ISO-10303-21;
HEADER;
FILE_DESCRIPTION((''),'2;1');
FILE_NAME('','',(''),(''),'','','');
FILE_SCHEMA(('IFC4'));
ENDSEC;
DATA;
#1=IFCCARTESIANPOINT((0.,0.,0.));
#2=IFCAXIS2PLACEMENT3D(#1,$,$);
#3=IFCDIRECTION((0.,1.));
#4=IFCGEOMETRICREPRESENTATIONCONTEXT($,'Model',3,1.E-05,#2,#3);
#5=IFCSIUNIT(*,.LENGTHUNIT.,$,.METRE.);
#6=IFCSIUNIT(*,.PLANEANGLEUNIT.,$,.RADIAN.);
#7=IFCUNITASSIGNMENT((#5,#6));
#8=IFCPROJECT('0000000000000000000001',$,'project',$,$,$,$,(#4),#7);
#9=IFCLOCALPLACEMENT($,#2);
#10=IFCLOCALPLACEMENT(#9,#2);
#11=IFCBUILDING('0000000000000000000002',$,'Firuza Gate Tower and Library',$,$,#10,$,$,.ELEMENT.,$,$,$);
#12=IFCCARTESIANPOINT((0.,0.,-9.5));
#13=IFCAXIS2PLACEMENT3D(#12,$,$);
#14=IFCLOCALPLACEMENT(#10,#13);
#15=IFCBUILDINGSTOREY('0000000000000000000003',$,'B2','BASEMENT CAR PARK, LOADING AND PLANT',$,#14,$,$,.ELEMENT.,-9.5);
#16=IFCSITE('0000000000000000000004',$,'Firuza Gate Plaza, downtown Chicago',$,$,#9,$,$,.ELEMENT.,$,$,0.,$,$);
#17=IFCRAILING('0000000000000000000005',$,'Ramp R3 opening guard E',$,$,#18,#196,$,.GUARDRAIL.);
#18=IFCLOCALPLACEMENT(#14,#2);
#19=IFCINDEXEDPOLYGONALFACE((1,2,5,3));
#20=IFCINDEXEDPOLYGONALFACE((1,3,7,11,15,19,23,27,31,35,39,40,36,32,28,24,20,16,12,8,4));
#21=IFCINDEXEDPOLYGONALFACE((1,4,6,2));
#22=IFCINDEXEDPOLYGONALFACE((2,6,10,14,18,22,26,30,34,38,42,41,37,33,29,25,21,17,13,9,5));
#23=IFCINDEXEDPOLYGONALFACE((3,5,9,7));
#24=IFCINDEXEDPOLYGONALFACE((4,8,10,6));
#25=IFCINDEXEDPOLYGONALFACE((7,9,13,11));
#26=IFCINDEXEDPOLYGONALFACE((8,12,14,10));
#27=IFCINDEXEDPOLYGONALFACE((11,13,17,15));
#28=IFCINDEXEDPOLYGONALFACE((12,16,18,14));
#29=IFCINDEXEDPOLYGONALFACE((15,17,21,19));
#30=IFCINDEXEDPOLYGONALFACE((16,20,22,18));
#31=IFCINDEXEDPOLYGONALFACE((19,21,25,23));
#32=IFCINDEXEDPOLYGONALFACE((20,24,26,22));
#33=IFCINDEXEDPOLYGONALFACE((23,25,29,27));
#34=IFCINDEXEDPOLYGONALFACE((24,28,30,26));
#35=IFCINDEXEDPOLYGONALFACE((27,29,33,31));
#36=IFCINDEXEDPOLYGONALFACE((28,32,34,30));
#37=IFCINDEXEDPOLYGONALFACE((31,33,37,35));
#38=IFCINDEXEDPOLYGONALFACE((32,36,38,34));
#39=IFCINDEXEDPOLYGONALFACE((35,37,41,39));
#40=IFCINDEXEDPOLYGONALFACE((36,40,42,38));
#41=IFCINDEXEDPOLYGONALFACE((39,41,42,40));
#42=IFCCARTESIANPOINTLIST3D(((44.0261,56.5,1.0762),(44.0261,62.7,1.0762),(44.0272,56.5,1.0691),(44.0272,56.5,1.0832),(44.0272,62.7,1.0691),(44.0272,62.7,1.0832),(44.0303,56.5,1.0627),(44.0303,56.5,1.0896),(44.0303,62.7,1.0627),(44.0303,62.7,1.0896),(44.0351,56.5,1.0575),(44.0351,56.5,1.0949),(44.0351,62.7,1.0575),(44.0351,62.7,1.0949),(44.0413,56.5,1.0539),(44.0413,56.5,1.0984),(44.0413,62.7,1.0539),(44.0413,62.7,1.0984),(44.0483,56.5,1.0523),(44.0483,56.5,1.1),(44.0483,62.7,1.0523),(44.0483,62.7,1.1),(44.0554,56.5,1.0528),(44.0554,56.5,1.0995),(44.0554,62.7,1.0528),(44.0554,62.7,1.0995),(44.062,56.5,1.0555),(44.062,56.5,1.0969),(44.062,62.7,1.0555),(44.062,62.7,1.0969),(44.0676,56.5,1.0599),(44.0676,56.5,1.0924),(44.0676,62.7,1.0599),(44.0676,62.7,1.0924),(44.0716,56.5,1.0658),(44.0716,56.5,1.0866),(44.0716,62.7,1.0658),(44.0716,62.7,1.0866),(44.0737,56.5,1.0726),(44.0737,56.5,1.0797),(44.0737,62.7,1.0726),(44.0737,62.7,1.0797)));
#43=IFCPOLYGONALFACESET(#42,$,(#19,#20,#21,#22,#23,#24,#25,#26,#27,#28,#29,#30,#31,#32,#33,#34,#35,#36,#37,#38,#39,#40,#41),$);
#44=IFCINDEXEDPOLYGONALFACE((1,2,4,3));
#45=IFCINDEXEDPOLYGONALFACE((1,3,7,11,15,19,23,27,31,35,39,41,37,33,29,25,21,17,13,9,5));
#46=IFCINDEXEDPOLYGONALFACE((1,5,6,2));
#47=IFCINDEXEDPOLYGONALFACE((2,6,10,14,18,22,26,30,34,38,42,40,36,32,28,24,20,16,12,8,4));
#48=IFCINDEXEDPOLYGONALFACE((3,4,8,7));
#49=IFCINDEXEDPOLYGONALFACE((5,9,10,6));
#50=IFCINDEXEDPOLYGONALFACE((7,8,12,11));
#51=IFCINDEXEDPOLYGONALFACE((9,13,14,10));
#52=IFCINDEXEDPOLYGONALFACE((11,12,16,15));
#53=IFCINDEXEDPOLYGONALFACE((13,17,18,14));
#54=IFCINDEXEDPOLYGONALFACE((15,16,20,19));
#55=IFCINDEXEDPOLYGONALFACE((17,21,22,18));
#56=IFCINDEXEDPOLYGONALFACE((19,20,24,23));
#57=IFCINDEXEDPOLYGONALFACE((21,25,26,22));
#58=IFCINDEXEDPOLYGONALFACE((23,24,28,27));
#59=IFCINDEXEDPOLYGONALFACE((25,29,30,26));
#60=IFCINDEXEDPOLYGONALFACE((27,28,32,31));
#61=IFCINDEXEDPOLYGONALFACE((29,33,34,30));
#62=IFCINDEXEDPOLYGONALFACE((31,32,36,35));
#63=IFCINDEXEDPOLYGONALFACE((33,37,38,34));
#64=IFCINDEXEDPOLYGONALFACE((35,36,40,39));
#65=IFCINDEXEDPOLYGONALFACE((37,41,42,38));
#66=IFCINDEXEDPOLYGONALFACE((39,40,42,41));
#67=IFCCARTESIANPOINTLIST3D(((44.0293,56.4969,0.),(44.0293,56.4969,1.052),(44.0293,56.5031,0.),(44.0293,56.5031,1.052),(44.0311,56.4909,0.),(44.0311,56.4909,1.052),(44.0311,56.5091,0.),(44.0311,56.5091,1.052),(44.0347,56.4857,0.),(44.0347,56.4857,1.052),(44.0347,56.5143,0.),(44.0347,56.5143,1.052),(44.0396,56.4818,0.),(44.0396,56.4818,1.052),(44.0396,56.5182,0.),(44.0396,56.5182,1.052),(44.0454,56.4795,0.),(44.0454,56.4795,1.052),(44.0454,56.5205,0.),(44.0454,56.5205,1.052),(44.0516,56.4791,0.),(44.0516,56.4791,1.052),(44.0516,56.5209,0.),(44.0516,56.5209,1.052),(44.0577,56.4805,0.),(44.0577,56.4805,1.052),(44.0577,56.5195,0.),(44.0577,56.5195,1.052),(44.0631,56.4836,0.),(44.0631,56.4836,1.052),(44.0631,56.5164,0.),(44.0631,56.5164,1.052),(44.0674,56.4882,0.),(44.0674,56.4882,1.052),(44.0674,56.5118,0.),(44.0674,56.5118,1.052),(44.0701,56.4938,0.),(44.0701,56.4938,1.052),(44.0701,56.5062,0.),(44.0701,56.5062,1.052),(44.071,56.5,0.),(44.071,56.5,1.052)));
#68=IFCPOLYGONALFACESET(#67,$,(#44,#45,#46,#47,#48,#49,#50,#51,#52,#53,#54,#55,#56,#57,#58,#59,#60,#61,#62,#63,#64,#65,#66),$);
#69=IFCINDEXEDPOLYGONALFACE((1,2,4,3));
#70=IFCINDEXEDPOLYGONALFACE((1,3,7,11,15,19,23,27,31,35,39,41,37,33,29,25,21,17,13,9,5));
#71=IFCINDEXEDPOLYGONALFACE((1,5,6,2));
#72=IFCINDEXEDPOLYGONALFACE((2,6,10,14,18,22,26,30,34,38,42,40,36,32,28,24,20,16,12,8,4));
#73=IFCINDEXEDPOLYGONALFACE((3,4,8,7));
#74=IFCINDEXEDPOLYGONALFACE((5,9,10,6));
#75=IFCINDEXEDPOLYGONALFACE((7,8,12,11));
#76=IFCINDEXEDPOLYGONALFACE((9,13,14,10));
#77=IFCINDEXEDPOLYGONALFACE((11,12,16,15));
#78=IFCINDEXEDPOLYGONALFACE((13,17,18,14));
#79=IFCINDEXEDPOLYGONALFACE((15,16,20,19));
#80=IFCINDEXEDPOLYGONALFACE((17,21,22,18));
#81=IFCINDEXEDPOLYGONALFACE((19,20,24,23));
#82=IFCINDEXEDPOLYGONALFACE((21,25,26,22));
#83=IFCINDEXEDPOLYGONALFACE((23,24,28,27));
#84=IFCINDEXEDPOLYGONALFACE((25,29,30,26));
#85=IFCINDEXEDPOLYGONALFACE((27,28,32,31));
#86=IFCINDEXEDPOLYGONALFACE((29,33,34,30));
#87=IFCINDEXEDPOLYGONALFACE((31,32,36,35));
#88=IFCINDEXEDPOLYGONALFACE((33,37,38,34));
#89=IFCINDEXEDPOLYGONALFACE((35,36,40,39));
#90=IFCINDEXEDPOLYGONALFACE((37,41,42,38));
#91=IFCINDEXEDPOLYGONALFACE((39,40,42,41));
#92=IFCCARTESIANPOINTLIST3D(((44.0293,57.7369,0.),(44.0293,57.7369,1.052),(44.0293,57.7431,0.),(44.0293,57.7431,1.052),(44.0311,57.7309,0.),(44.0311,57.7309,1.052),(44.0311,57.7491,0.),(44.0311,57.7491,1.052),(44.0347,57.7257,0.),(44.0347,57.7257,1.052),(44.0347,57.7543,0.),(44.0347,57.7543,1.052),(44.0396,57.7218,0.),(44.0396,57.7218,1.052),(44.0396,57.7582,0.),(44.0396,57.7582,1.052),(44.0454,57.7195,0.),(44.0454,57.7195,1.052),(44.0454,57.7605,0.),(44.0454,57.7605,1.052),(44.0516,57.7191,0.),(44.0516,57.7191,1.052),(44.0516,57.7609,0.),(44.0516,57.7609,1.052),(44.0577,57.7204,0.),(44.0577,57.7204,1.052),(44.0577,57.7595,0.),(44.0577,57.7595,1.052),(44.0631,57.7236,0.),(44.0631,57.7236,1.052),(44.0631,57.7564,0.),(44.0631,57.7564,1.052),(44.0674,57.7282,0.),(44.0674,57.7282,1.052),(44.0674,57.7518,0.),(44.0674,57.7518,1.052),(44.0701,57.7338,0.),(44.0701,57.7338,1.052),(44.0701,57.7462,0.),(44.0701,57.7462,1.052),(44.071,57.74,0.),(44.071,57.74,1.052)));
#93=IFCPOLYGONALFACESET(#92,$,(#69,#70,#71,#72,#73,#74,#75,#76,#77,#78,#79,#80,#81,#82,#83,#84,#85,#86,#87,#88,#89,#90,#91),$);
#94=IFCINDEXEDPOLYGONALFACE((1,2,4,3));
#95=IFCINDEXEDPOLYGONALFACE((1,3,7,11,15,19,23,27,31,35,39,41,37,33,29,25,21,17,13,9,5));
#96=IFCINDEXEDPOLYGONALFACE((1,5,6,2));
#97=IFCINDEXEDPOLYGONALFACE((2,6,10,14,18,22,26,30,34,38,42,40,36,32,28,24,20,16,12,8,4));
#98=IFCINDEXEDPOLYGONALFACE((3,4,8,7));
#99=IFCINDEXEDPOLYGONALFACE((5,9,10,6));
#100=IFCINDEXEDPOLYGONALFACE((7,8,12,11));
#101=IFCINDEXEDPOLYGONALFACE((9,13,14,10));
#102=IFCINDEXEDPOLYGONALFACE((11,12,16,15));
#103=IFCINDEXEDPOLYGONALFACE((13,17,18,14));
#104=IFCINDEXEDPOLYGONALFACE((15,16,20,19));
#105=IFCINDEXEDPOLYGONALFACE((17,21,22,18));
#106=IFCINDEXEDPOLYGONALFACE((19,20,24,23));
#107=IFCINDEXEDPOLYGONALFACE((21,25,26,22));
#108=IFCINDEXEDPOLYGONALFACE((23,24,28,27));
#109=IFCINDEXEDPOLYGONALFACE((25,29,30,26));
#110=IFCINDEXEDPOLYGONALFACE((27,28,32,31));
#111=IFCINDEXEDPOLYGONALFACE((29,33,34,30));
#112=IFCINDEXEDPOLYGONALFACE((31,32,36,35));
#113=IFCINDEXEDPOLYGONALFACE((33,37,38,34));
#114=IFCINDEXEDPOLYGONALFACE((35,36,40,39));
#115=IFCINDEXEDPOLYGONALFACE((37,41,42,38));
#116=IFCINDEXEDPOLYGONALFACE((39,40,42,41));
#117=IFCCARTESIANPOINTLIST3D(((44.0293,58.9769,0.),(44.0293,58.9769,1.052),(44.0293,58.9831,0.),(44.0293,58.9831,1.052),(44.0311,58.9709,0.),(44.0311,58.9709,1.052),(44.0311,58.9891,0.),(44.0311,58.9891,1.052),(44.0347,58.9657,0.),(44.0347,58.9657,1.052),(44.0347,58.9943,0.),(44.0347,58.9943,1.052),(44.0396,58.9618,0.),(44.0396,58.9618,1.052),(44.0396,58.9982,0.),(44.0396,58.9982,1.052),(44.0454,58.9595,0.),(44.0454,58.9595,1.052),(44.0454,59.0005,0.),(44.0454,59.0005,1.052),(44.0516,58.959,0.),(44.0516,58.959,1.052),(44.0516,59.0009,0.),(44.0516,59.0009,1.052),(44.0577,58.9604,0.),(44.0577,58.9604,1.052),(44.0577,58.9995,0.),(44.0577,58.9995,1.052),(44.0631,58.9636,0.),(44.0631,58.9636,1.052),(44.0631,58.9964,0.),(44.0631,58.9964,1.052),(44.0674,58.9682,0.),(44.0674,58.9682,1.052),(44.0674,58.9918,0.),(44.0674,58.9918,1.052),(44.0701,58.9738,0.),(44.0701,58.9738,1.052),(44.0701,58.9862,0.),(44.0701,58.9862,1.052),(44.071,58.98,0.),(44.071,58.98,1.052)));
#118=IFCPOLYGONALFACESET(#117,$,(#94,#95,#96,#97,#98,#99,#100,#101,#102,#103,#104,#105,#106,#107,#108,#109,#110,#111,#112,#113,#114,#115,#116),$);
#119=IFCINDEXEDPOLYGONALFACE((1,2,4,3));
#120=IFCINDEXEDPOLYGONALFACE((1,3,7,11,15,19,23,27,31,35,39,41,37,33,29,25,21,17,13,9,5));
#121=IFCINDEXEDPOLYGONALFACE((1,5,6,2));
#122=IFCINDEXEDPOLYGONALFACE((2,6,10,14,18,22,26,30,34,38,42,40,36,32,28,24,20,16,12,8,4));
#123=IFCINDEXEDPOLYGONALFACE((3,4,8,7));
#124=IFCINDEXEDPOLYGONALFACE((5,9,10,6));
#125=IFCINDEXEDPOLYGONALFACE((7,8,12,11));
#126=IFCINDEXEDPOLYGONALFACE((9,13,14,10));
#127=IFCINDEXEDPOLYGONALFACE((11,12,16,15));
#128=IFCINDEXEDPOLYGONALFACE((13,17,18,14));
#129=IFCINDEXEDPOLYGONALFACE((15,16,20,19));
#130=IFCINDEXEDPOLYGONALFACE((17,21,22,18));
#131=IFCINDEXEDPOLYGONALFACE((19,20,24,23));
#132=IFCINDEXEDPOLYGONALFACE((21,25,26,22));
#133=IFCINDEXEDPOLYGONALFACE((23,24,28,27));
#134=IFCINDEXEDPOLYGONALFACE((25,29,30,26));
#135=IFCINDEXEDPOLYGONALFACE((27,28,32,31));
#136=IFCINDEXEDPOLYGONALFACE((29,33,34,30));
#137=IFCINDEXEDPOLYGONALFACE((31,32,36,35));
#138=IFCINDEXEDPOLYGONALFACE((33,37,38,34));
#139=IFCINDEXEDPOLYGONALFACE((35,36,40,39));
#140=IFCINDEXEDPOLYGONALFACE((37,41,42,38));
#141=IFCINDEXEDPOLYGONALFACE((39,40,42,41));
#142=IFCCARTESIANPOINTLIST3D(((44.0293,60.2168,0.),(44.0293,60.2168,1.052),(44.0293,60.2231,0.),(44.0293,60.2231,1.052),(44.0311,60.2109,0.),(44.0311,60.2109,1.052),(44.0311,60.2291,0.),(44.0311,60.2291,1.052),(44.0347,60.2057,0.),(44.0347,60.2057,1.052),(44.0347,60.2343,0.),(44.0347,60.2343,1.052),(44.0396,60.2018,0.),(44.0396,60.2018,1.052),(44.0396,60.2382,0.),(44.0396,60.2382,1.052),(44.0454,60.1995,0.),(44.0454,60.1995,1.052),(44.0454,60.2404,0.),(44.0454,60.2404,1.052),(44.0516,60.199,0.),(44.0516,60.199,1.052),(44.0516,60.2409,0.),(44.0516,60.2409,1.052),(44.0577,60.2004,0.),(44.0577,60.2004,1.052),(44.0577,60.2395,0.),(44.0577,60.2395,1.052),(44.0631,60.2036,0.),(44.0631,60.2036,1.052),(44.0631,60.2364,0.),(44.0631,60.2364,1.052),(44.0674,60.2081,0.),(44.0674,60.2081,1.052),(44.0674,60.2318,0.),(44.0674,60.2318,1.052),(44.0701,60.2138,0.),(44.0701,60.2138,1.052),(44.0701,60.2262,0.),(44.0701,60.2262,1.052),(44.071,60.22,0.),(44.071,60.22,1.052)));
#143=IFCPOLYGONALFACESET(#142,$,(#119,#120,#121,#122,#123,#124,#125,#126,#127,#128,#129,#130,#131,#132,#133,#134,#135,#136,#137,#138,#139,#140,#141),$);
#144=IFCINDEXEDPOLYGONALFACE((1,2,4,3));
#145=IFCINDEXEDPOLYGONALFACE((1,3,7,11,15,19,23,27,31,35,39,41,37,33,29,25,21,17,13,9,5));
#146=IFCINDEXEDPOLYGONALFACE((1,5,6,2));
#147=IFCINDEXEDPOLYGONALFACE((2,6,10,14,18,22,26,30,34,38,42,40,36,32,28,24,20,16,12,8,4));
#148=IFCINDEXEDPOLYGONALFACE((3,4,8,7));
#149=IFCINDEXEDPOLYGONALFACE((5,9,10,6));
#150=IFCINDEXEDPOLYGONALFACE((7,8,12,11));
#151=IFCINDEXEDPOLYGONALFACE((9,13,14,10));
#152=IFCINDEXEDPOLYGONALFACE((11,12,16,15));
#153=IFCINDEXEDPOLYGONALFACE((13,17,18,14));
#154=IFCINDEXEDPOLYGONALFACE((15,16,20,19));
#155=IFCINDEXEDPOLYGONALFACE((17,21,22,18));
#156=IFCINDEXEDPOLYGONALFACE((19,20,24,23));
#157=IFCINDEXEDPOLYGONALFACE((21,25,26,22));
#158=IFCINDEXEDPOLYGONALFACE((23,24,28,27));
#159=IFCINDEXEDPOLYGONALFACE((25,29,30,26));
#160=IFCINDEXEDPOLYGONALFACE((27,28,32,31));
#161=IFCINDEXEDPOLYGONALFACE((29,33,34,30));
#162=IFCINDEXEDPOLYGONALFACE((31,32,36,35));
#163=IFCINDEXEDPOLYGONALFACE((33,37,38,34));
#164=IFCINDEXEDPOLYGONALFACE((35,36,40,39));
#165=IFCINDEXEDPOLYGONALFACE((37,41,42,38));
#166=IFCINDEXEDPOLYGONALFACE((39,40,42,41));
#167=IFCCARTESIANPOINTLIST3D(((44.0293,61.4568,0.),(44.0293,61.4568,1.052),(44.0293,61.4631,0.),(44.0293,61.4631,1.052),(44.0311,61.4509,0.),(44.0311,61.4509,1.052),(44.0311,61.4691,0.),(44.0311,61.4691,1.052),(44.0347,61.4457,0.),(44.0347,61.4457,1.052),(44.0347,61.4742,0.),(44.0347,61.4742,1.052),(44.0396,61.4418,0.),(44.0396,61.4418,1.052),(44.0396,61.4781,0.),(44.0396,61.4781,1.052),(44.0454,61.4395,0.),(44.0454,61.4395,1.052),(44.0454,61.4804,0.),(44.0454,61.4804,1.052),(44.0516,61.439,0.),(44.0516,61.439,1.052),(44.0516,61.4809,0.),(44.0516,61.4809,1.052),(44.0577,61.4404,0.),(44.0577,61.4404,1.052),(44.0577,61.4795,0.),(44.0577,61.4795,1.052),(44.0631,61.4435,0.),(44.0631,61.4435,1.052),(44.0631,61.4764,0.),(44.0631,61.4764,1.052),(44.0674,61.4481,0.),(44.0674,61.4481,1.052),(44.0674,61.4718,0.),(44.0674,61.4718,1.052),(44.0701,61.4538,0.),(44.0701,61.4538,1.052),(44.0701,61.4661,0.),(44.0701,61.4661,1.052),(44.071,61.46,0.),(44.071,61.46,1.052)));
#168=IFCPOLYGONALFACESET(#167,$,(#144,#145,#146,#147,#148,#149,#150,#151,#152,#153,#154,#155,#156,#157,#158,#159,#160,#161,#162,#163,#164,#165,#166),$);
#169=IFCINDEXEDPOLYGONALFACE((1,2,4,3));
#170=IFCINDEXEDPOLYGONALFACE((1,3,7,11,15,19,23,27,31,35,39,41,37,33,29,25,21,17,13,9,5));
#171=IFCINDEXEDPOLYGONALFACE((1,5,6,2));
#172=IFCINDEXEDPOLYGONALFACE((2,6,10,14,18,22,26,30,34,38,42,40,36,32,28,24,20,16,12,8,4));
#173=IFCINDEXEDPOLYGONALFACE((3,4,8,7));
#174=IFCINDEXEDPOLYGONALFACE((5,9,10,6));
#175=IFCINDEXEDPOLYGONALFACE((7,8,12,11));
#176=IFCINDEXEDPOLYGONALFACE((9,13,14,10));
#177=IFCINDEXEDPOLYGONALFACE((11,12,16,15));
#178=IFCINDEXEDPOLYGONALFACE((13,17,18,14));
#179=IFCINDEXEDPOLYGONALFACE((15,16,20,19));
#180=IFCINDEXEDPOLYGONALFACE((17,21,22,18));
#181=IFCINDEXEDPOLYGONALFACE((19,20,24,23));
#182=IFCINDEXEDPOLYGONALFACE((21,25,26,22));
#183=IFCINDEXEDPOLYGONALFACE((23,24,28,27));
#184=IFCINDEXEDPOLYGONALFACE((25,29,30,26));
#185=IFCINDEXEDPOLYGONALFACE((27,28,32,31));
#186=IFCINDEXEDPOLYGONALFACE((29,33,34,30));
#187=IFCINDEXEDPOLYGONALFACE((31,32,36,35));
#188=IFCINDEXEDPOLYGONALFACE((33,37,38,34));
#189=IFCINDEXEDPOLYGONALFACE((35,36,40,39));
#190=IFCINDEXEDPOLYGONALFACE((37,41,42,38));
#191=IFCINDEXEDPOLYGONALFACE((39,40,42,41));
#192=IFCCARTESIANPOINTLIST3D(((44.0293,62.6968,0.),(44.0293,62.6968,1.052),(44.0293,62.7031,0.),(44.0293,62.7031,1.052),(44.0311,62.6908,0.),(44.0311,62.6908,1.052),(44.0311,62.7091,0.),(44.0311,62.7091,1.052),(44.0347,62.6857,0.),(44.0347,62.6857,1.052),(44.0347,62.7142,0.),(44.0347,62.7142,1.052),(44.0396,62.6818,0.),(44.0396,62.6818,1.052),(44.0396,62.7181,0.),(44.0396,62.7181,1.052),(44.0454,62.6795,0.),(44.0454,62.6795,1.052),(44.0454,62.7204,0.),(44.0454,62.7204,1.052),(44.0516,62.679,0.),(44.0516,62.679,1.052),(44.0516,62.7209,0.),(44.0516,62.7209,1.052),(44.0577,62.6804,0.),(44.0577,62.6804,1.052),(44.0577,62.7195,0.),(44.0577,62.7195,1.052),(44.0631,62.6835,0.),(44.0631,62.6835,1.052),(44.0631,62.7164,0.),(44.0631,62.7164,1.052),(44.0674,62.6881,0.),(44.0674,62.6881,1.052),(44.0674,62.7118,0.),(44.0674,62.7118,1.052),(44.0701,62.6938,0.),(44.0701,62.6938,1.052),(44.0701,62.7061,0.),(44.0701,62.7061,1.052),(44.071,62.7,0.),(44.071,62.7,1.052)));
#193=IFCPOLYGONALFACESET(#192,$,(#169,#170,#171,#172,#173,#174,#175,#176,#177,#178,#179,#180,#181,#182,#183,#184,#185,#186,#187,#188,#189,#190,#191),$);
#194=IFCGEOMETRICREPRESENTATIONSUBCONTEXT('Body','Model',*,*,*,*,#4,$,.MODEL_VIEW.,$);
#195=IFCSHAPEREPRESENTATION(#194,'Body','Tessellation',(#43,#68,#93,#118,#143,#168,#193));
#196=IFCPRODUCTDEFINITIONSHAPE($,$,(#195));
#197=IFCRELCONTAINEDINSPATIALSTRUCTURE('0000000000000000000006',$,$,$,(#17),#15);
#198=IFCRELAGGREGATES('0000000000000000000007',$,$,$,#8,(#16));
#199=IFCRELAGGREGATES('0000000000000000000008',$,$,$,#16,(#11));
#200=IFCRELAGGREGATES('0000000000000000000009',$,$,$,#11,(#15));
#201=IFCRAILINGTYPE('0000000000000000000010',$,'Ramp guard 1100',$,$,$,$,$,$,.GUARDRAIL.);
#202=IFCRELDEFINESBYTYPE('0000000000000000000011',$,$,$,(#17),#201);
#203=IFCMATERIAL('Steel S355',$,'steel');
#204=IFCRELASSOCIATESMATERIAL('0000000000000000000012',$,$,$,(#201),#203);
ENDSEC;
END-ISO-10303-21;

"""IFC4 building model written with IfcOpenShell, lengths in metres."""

from ifc_helpers import new_model, si_unit, direction, frame, origin, origin_2d, place, context, subcontext, project, spatial, circle, extrude, material, type_object, element, save


model = new_model("IFC4")

# Units and contexts
model_context = context("Model", 3, precision=1e-05, world=origin(), true_north=direction((0.0, 1.0)))
body_context = subcontext(model_context, "Body", "Model", "MODEL_VIEW")
ifc_project = project(units=[si_unit("LENGTHUNIT", "METRE"), si_unit("PLANEANGLEUNIT", "RADIAN")], contexts=[model_context])

# Site, building, storey
site_placement = place(None, origin())
site = spatial("IfcSite", under=ifc_project, at=site_placement, Name="Firuza Gate Plaza, downtown Chicago", CompositionType="ELEMENT", RefElevation=0.0)
building_placement = place(site_placement, origin())
building = spatial("IfcBuilding", under=site, at=building_placement, Name="Firuza Gate Tower and Library", CompositionType="ELEMENT")
storey_placement = place(building_placement, frame((0.0, 0.0, -9.5)))
storey = spatial("IfcBuildingStorey", under=building, at=storey_placement, Name="B2", Description="BASEMENT CAR PARK, LOADING AND PLANT", CompositionType="ELEMENT", Elevation=-9.5)

# Railing
ifc_material_1 = material(Name="Steel S355", Category="steel")
railing_type = type_object("IfcRailingType", Name="Ramp guard 1100", PredefinedType="GUARDRAIL", material=ifc_material_1)
railing_1_placement = place(storey_placement, frame((44.05, 56.5, 0.0)))
element("IfcRailing", 1, at=railing_1_placement, inside=storey, type_object=railing_type, Name="Ramp R3 opening guard E", PredefinedType="GUARDRAIL", context=body_context, shape_type="SweptSolid", body=[
    extrude(circle(Radius=0.0239, at=origin_2d()), frame((0.0, 0.0, 1.0762), z_axis=(0.0, 1.0, 0.0), x_axis=(-1.0, 0.0, 0.0)), (0.0, 0.0, 1.0), 6.2),
    extrude(circle(Radius=0.021, at=origin_2d()), origin(), (0.0, 0.0, 1.0), 1.052),
    extrude(circle(Radius=0.021, at=origin_2d()), frame((0.0, 1.24, 0.0)), (0.0, 0.0, 1.0), 1.052),
    extrude(circle(Radius=0.021, at=origin_2d()), frame((0.0, 2.48, 0.0)), (0.0, 0.0, 1.0), 1.052),
    extrude(circle(Radius=0.021, at=origin_2d()), frame((0.0, 3.72, 0.0)), (0.0, 0.0, 1.0), 1.052),
    extrude(circle(Radius=0.021, at=origin_2d()), frame((0.0, 4.96, 0.0)), (0.0, 0.0, 1.0), 1.052),
    extrude(circle(Radius=0.021, at=origin_2d()), frame((0.0, 6.2, 0.0)), (0.0, 0.0, 1.0), 1.052),
])

save(model, "model.ifc")
